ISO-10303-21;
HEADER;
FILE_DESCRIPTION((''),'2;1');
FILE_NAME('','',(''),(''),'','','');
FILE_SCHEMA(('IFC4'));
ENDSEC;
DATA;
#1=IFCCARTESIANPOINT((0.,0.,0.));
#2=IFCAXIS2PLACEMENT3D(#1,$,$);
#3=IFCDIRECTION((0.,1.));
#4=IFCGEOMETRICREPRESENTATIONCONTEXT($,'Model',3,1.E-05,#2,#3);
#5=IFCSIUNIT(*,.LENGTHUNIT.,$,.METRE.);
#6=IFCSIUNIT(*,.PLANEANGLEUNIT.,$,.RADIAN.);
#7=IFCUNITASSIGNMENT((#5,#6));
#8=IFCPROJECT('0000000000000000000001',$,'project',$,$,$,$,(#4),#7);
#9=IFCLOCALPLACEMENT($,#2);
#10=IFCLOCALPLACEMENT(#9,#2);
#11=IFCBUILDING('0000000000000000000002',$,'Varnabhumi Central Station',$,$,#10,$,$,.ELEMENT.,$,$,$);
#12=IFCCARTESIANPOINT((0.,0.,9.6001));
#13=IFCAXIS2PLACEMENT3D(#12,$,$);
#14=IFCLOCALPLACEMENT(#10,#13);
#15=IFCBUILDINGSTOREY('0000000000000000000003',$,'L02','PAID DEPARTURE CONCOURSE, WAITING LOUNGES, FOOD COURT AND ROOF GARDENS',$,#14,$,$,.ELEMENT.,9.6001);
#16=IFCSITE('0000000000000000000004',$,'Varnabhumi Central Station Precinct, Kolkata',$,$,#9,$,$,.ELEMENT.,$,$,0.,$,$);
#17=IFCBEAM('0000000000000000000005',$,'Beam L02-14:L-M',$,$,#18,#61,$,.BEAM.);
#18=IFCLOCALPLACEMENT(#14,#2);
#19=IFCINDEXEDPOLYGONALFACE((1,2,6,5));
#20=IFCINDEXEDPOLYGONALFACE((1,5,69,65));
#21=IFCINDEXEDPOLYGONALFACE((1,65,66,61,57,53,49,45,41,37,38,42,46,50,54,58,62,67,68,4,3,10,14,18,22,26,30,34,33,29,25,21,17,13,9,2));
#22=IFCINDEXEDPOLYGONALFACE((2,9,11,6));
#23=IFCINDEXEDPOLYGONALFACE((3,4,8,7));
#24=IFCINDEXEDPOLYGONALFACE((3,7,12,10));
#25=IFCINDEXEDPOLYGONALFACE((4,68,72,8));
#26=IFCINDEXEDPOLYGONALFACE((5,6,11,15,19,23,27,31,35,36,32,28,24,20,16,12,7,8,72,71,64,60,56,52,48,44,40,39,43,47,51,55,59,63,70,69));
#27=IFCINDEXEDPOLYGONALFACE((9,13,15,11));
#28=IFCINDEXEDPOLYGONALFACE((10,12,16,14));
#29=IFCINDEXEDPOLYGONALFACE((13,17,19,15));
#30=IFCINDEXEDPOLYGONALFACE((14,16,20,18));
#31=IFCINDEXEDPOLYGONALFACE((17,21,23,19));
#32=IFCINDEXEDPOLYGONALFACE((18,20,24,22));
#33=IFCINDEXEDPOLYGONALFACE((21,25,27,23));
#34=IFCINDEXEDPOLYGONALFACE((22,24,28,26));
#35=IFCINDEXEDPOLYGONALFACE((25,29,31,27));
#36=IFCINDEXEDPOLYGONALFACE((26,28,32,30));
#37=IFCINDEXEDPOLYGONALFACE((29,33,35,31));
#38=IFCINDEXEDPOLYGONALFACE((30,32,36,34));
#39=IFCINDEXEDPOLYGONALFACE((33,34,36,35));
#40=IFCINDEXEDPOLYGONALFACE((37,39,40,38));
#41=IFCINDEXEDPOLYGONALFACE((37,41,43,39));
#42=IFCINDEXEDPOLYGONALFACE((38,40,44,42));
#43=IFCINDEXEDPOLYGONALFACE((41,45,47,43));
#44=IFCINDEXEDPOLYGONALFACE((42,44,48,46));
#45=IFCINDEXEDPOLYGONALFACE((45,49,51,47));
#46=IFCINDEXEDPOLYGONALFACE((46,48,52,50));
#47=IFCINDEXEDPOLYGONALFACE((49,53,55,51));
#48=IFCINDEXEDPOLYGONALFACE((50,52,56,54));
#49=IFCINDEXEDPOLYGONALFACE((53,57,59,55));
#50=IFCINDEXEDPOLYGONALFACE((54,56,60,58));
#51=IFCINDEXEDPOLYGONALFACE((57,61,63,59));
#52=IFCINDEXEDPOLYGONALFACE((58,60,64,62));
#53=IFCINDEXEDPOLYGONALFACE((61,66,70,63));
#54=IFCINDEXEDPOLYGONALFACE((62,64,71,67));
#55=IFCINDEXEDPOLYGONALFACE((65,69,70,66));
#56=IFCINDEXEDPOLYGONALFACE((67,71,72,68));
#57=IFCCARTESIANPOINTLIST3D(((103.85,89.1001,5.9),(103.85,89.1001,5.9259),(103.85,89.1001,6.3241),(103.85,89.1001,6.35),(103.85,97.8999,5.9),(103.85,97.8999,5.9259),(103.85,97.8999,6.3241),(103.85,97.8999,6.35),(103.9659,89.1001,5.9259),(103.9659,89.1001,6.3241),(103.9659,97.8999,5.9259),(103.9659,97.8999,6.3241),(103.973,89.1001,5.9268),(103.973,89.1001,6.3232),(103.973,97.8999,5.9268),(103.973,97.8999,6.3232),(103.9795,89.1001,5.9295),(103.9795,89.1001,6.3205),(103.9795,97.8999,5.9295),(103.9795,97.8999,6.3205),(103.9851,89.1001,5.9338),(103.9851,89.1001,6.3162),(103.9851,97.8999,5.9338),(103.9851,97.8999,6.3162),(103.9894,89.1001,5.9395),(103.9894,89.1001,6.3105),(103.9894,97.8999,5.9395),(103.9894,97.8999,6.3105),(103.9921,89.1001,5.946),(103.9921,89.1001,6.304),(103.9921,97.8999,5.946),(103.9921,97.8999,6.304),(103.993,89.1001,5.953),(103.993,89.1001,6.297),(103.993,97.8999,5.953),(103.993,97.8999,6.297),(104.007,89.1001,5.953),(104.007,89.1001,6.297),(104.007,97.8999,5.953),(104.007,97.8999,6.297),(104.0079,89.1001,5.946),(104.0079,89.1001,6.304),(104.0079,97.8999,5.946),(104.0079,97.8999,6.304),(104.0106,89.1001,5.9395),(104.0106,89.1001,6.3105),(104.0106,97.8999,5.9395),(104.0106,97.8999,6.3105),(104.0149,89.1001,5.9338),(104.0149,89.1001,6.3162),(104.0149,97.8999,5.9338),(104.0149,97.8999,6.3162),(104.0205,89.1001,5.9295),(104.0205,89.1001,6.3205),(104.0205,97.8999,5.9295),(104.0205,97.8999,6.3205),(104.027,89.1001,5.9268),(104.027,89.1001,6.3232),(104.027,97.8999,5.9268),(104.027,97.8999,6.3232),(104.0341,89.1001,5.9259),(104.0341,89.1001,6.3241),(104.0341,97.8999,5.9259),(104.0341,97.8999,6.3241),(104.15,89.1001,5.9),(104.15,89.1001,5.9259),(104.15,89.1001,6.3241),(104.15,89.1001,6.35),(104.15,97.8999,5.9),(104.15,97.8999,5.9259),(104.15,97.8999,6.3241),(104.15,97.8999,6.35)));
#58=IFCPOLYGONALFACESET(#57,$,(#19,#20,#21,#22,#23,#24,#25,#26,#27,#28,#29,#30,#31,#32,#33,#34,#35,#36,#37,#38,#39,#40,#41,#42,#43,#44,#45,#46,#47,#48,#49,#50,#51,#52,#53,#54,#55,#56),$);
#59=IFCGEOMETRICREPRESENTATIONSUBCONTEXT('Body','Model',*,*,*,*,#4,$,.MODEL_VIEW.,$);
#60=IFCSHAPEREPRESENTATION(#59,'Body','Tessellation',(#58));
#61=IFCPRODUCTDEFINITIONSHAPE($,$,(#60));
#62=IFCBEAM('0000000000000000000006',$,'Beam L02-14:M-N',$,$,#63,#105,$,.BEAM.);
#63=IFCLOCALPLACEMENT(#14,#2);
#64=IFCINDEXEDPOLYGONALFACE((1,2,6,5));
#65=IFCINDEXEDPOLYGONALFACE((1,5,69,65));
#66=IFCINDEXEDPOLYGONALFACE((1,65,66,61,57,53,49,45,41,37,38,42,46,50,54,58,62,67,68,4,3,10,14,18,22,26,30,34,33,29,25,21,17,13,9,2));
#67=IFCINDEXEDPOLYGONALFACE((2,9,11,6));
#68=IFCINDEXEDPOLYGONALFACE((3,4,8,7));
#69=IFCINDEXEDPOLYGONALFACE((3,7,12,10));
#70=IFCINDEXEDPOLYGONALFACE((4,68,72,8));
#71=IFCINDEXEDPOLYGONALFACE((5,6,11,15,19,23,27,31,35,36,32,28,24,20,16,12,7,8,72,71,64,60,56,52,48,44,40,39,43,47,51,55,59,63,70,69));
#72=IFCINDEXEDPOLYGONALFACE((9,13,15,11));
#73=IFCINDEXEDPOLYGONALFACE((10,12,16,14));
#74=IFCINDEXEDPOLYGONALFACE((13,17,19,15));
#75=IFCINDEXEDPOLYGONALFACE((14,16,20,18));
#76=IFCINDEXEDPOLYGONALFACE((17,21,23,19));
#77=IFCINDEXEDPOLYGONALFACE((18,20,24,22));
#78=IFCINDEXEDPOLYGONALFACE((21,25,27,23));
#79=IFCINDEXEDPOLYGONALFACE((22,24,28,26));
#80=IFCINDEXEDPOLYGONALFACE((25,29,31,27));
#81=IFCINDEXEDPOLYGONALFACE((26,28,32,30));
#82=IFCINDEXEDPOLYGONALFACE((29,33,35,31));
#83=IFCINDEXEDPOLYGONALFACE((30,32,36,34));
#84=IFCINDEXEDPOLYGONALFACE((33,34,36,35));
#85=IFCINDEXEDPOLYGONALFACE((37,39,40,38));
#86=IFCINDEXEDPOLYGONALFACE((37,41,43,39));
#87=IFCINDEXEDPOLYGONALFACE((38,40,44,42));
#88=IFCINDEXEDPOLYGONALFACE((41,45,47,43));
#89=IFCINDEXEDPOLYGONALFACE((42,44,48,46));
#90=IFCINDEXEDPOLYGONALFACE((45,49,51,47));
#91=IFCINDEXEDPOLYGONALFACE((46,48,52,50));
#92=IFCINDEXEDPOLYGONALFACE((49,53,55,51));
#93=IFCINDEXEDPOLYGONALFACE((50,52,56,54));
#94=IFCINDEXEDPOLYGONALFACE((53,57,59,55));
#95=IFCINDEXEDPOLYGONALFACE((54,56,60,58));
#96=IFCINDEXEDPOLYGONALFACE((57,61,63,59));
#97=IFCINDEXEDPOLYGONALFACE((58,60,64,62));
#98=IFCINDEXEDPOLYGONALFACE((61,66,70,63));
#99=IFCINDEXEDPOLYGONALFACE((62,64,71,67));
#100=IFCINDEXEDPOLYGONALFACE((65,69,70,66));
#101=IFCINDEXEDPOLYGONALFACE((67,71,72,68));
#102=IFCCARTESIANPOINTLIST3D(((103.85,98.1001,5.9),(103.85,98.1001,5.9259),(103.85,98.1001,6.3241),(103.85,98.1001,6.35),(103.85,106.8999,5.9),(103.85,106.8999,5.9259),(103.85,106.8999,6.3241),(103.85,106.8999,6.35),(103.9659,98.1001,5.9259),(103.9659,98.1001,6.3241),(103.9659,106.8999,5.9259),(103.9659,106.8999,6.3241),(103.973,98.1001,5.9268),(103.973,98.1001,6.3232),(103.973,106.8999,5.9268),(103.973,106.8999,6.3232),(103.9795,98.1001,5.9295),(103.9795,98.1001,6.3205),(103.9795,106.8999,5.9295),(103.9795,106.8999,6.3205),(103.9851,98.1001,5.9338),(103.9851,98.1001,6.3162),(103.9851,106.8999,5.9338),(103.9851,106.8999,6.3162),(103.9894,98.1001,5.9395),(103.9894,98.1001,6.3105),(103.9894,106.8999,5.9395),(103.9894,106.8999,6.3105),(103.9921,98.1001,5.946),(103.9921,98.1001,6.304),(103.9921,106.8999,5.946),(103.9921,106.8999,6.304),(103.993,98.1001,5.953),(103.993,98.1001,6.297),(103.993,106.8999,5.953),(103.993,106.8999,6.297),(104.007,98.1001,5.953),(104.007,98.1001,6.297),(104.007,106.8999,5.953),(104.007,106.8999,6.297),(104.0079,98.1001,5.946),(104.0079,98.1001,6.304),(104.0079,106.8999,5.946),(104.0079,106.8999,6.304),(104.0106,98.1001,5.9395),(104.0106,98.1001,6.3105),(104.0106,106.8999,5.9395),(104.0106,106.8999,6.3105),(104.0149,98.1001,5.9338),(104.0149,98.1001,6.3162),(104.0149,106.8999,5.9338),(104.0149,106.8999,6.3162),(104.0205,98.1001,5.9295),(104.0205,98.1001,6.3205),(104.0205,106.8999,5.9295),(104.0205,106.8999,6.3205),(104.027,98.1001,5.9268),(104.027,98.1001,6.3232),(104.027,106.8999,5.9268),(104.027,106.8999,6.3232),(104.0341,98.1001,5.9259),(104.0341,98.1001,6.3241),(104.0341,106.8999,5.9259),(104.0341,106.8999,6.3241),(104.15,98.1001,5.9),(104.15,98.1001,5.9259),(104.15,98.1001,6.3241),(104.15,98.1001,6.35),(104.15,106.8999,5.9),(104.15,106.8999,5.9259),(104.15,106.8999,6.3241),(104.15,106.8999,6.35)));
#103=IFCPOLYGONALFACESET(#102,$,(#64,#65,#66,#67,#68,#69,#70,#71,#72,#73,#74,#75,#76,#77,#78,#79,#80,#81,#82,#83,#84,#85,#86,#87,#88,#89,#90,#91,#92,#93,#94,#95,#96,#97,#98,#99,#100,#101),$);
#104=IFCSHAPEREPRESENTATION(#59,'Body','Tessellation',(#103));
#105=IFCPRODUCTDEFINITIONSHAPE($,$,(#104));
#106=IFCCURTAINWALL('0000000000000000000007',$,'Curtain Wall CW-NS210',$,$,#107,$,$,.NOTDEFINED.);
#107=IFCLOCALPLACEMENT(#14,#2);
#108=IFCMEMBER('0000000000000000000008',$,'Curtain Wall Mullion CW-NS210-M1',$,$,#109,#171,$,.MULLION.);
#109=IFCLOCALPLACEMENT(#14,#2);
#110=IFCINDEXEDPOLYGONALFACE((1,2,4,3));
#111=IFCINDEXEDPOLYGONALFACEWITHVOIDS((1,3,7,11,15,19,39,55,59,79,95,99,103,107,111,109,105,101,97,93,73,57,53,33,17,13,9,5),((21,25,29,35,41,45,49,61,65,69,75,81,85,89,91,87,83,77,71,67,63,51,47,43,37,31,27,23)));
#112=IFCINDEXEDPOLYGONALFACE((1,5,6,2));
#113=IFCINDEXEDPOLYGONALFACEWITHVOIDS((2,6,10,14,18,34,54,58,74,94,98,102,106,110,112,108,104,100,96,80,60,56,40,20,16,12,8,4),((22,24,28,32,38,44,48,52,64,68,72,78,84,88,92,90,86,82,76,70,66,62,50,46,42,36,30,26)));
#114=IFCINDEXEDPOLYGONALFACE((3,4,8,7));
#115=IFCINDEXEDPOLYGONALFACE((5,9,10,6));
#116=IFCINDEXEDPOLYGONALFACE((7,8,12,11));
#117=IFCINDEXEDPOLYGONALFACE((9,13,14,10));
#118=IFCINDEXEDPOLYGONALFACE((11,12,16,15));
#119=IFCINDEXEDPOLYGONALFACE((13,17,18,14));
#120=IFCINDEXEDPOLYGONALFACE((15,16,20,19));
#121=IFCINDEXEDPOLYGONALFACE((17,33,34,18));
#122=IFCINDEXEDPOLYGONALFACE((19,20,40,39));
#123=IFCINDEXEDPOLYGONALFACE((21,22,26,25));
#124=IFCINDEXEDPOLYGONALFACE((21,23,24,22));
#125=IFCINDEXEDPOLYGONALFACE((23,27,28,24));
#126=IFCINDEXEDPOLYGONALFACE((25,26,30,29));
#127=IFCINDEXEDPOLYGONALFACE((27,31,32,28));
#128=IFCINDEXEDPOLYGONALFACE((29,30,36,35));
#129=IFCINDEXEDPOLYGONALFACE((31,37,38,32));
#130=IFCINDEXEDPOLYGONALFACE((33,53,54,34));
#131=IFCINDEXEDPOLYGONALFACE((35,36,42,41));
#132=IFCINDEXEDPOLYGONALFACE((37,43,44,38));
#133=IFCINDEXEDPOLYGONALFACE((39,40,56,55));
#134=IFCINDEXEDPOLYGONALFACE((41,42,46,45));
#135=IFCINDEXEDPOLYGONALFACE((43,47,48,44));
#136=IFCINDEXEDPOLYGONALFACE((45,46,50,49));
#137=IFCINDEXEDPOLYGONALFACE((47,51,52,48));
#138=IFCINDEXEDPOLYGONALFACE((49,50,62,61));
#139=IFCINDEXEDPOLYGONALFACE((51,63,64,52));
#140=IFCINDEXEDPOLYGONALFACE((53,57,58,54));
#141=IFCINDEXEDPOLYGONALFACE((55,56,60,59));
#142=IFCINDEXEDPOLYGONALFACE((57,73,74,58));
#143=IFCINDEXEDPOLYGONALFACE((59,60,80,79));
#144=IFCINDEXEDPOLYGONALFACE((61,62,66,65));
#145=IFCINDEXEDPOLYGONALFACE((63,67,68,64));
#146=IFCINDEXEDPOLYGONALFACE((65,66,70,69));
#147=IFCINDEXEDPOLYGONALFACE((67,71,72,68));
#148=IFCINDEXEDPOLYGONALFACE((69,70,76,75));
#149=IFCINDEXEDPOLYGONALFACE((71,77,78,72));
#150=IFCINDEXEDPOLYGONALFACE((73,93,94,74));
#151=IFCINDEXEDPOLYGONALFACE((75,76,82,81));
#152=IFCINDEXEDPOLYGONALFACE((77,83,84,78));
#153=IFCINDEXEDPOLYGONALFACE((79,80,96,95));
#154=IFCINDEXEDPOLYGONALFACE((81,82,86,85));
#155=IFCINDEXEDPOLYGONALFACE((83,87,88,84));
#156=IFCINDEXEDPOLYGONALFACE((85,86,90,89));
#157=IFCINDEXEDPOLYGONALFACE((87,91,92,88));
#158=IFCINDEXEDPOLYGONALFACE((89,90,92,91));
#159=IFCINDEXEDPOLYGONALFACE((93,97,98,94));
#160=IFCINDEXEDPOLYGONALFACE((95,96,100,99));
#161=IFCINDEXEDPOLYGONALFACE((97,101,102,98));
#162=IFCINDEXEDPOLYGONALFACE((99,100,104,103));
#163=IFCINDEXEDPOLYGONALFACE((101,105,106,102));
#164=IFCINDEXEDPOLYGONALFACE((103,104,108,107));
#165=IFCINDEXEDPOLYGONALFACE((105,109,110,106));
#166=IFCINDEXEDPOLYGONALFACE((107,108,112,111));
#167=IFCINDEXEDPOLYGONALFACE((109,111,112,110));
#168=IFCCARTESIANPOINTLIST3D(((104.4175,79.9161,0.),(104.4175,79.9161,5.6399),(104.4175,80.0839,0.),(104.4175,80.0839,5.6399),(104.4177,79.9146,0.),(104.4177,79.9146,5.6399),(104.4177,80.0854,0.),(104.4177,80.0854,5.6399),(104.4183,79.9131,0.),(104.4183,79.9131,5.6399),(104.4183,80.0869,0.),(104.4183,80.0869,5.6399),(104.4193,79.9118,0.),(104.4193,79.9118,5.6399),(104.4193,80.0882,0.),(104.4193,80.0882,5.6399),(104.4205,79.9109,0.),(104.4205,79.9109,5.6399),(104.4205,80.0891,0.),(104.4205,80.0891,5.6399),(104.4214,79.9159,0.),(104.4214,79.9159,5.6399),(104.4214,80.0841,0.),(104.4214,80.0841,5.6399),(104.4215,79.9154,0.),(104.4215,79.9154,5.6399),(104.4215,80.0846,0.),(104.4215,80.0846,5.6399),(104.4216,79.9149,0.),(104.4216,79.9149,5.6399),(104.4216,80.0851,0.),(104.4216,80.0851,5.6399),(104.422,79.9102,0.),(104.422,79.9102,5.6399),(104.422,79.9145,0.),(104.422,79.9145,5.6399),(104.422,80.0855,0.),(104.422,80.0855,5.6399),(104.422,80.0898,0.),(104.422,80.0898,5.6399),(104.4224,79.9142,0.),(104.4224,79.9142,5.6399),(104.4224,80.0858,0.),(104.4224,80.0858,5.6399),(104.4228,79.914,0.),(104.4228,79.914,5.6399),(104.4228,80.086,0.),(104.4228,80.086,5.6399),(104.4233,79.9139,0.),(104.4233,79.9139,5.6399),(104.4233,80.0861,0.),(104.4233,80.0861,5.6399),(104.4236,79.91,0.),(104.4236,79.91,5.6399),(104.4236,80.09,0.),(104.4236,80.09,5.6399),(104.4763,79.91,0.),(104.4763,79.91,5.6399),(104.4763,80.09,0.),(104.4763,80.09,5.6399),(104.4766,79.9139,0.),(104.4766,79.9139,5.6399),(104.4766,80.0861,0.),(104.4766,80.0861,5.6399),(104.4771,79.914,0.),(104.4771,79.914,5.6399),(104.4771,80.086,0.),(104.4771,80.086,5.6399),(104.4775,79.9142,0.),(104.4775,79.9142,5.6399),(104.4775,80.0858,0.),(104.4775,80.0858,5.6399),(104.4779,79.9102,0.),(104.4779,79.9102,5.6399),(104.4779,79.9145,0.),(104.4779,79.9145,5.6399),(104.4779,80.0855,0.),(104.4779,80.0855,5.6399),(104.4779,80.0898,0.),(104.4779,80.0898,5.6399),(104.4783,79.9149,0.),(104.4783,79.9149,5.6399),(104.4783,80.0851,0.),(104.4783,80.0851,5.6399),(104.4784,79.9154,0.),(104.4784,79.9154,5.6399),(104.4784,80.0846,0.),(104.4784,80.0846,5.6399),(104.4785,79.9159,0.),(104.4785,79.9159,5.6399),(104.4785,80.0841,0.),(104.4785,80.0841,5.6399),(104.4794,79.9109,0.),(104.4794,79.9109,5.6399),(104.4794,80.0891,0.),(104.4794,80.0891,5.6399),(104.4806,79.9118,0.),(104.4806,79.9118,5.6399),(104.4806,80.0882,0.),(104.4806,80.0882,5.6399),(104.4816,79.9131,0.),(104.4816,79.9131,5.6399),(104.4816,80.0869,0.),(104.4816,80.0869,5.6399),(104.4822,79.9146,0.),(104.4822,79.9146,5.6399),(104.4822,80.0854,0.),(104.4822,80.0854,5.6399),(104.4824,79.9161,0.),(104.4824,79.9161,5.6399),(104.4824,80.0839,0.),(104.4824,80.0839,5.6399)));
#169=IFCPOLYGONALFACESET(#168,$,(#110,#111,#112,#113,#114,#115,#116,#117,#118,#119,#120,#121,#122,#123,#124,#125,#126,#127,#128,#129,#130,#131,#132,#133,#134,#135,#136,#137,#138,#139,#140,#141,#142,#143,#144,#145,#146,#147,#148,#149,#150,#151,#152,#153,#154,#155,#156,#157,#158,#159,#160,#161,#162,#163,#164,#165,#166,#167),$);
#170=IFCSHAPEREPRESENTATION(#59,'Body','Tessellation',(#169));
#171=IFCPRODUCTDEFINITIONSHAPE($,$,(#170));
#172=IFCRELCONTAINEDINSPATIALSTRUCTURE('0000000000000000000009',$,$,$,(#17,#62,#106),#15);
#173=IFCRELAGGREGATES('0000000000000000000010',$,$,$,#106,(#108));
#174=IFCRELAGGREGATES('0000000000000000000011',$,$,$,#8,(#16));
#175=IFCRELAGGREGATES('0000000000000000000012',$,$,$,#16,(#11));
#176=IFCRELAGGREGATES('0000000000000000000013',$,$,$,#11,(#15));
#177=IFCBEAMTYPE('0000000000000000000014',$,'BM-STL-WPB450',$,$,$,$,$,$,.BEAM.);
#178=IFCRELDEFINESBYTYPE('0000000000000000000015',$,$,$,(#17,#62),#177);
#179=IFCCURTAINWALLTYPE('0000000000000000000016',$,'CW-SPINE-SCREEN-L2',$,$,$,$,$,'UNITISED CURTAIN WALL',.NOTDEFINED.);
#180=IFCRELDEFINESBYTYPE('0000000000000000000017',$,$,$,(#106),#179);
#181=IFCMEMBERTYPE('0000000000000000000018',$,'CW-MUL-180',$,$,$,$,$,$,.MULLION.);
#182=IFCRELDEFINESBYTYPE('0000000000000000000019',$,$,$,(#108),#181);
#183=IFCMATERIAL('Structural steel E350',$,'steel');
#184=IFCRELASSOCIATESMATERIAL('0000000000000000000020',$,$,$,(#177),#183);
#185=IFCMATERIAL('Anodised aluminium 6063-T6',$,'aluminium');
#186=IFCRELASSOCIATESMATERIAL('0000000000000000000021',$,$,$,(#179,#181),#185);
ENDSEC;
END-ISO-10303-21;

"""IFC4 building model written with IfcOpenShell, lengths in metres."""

from ifc_helpers import new_model, si_unit, direction, frame, origin, origin_2d, place, context, subcontext, project, spatial, hollow_rectangle, i_section, extrude, material, material_profile, profile_set, type_object, element, aggregate, save


model = new_model("IFC4")

# Units and contexts
model_context = context("Model", 3, precision=1e-05, world=origin(), true_north=direction((0.0, 1.0)))
body_context = subcontext(model_context, "Body", "Model", "MODEL_VIEW")
ifc_project = project(units=[si_unit("LENGTHUNIT", "METRE"), si_unit("PLANEANGLEUNIT", "RADIAN")], contexts=[model_context])

# Site, building, storey
site_placement = place(None, origin())
site = spatial("IfcSite", under=ifc_project, at=site_placement, Name="Varnabhumi Central Station Precinct, Kolkata", CompositionType="ELEMENT", RefElevation=0.0)
building_placement = place(site_placement, origin())
building = spatial("IfcBuilding", under=site, at=building_placement, Name="Varnabhumi Central Station", CompositionType="ELEMENT")
storey_placement = place(building_placement, frame((0.0, 0.0, 9.6001)))
storey = spatial("IfcBuildingStorey", under=building, at=storey_placement, Name="L02", Description="PAID DEPARTURE CONCOURSE, WAITING LOUNGES, FOOD COURT AND ROOF GARDENS", CompositionType="ELEMENT", Elevation=9.6001)

# Beams
ifc_material_1 = material(Name="Structural steel E350", Category="steel")
ifc_material_profile_1 = material_profile(ifc_material_1, i_section(OverallWidth=0.3, OverallDepth=0.45, WebThickness=0.0139, FlangeThickness=0.0259, FilletRadius=0.0271, at=origin_2d()), Name="Structural steel E350", Category="steel")
ifc_profile_set_1 = profile_set([ifc_material_profile_1], Name="Structural steel E350")
beam_type_1 = type_object("IfcBeamType", Name="BM-STL-WPB450", PredefinedType="BEAM", material=ifc_profile_set_1)
for number, where, z_axis, x_axis, name in (
    (1, (104.0, 89.1001, 6.125), (0.0, 1.0, 0.0), (-1.0, 0.0, 0.0), "Beam L02-14:L-M"),
    (2, (104.0, 98.1001, 6.125), (0.0, 1.0, 0.0), (-1.0, 0.0, 0.0), "Beam L02-14:M-N"),
):
    element("IfcBeam", number, at=place(storey_placement, frame(where, z_axis=z_axis, x_axis=x_axis)), inside=storey, type_object=beam_type_1, Name=name, PredefinedType="BEAM", context=body_context, shape_type="SweptSolid", body=[
        extrude(i_section(OverallWidth=0.3, OverallDepth=0.45, WebThickness=0.0139, FlangeThickness=0.0259, FilletRadius=0.0271, at=origin_2d()), origin(), (0.0, 0.0, 1.0), 8.7998),
    ])

# Curtain wall, member
ifc_material_2 = material(Name="Anodised aluminium 6063-T6", Category="aluminium")
curtain_wall_type = type_object("IfcCurtainWallType", Name="CW-SPINE-SCREEN-L2", ElementType="UNITISED CURTAIN WALL", PredefinedType="NOTDEFINED", material=ifc_material_2)
curtain_wall_placement = place(storey_placement, origin())
curtain_wall = element("IfcCurtainWall", 3, at=curtain_wall_placement, inside=storey, type_object=curtain_wall_type, Name="Curtain Wall CW-NS210", PredefinedType="NOTDEFINED")
ifc_material_profile_2 = material_profile(ifc_material_2, hollow_rectangle(XDim=0.0649, YDim=0.1799, WallThickness=0.0039, InnerFilletRadius=0.002, OuterFilletRadius=0.0061, at=origin_2d()), Name="Anodised aluminium 6063-T6", Category="aluminium")
ifc_profile_set_2 = profile_set([ifc_material_profile_2], Name="Anodised aluminium 6063-T6")
member_type_1 = type_object("IfcMemberType", Name="CW-MUL-180", PredefinedType="MULLION", material=ifc_profile_set_2)
member_1_placement = place(storey_placement, frame((104.45, 80.0, 0.0), z_axis=(0.0, 0.0, 1.0), x_axis=(1.0, 0.0, 0.0)))
member_1 = element("IfcMember", 4, at=member_1_placement, type_object=member_type_1, Name="Curtain Wall Mullion CW-NS210-M1", PredefinedType="MULLION", context=body_context, shape_type="SweptSolid", body=[
    extrude(hollow_rectangle(XDim=0.0649, YDim=0.1799, WallThickness=0.0039, InnerFilletRadius=0.002, OuterFilletRadius=0.0061, at=origin_2d()), origin(), (0.0, 0.0, 1.0), 5.6399),
])
aggregate(curtain_wall, [member_1])

save(model, "model.ifc")
